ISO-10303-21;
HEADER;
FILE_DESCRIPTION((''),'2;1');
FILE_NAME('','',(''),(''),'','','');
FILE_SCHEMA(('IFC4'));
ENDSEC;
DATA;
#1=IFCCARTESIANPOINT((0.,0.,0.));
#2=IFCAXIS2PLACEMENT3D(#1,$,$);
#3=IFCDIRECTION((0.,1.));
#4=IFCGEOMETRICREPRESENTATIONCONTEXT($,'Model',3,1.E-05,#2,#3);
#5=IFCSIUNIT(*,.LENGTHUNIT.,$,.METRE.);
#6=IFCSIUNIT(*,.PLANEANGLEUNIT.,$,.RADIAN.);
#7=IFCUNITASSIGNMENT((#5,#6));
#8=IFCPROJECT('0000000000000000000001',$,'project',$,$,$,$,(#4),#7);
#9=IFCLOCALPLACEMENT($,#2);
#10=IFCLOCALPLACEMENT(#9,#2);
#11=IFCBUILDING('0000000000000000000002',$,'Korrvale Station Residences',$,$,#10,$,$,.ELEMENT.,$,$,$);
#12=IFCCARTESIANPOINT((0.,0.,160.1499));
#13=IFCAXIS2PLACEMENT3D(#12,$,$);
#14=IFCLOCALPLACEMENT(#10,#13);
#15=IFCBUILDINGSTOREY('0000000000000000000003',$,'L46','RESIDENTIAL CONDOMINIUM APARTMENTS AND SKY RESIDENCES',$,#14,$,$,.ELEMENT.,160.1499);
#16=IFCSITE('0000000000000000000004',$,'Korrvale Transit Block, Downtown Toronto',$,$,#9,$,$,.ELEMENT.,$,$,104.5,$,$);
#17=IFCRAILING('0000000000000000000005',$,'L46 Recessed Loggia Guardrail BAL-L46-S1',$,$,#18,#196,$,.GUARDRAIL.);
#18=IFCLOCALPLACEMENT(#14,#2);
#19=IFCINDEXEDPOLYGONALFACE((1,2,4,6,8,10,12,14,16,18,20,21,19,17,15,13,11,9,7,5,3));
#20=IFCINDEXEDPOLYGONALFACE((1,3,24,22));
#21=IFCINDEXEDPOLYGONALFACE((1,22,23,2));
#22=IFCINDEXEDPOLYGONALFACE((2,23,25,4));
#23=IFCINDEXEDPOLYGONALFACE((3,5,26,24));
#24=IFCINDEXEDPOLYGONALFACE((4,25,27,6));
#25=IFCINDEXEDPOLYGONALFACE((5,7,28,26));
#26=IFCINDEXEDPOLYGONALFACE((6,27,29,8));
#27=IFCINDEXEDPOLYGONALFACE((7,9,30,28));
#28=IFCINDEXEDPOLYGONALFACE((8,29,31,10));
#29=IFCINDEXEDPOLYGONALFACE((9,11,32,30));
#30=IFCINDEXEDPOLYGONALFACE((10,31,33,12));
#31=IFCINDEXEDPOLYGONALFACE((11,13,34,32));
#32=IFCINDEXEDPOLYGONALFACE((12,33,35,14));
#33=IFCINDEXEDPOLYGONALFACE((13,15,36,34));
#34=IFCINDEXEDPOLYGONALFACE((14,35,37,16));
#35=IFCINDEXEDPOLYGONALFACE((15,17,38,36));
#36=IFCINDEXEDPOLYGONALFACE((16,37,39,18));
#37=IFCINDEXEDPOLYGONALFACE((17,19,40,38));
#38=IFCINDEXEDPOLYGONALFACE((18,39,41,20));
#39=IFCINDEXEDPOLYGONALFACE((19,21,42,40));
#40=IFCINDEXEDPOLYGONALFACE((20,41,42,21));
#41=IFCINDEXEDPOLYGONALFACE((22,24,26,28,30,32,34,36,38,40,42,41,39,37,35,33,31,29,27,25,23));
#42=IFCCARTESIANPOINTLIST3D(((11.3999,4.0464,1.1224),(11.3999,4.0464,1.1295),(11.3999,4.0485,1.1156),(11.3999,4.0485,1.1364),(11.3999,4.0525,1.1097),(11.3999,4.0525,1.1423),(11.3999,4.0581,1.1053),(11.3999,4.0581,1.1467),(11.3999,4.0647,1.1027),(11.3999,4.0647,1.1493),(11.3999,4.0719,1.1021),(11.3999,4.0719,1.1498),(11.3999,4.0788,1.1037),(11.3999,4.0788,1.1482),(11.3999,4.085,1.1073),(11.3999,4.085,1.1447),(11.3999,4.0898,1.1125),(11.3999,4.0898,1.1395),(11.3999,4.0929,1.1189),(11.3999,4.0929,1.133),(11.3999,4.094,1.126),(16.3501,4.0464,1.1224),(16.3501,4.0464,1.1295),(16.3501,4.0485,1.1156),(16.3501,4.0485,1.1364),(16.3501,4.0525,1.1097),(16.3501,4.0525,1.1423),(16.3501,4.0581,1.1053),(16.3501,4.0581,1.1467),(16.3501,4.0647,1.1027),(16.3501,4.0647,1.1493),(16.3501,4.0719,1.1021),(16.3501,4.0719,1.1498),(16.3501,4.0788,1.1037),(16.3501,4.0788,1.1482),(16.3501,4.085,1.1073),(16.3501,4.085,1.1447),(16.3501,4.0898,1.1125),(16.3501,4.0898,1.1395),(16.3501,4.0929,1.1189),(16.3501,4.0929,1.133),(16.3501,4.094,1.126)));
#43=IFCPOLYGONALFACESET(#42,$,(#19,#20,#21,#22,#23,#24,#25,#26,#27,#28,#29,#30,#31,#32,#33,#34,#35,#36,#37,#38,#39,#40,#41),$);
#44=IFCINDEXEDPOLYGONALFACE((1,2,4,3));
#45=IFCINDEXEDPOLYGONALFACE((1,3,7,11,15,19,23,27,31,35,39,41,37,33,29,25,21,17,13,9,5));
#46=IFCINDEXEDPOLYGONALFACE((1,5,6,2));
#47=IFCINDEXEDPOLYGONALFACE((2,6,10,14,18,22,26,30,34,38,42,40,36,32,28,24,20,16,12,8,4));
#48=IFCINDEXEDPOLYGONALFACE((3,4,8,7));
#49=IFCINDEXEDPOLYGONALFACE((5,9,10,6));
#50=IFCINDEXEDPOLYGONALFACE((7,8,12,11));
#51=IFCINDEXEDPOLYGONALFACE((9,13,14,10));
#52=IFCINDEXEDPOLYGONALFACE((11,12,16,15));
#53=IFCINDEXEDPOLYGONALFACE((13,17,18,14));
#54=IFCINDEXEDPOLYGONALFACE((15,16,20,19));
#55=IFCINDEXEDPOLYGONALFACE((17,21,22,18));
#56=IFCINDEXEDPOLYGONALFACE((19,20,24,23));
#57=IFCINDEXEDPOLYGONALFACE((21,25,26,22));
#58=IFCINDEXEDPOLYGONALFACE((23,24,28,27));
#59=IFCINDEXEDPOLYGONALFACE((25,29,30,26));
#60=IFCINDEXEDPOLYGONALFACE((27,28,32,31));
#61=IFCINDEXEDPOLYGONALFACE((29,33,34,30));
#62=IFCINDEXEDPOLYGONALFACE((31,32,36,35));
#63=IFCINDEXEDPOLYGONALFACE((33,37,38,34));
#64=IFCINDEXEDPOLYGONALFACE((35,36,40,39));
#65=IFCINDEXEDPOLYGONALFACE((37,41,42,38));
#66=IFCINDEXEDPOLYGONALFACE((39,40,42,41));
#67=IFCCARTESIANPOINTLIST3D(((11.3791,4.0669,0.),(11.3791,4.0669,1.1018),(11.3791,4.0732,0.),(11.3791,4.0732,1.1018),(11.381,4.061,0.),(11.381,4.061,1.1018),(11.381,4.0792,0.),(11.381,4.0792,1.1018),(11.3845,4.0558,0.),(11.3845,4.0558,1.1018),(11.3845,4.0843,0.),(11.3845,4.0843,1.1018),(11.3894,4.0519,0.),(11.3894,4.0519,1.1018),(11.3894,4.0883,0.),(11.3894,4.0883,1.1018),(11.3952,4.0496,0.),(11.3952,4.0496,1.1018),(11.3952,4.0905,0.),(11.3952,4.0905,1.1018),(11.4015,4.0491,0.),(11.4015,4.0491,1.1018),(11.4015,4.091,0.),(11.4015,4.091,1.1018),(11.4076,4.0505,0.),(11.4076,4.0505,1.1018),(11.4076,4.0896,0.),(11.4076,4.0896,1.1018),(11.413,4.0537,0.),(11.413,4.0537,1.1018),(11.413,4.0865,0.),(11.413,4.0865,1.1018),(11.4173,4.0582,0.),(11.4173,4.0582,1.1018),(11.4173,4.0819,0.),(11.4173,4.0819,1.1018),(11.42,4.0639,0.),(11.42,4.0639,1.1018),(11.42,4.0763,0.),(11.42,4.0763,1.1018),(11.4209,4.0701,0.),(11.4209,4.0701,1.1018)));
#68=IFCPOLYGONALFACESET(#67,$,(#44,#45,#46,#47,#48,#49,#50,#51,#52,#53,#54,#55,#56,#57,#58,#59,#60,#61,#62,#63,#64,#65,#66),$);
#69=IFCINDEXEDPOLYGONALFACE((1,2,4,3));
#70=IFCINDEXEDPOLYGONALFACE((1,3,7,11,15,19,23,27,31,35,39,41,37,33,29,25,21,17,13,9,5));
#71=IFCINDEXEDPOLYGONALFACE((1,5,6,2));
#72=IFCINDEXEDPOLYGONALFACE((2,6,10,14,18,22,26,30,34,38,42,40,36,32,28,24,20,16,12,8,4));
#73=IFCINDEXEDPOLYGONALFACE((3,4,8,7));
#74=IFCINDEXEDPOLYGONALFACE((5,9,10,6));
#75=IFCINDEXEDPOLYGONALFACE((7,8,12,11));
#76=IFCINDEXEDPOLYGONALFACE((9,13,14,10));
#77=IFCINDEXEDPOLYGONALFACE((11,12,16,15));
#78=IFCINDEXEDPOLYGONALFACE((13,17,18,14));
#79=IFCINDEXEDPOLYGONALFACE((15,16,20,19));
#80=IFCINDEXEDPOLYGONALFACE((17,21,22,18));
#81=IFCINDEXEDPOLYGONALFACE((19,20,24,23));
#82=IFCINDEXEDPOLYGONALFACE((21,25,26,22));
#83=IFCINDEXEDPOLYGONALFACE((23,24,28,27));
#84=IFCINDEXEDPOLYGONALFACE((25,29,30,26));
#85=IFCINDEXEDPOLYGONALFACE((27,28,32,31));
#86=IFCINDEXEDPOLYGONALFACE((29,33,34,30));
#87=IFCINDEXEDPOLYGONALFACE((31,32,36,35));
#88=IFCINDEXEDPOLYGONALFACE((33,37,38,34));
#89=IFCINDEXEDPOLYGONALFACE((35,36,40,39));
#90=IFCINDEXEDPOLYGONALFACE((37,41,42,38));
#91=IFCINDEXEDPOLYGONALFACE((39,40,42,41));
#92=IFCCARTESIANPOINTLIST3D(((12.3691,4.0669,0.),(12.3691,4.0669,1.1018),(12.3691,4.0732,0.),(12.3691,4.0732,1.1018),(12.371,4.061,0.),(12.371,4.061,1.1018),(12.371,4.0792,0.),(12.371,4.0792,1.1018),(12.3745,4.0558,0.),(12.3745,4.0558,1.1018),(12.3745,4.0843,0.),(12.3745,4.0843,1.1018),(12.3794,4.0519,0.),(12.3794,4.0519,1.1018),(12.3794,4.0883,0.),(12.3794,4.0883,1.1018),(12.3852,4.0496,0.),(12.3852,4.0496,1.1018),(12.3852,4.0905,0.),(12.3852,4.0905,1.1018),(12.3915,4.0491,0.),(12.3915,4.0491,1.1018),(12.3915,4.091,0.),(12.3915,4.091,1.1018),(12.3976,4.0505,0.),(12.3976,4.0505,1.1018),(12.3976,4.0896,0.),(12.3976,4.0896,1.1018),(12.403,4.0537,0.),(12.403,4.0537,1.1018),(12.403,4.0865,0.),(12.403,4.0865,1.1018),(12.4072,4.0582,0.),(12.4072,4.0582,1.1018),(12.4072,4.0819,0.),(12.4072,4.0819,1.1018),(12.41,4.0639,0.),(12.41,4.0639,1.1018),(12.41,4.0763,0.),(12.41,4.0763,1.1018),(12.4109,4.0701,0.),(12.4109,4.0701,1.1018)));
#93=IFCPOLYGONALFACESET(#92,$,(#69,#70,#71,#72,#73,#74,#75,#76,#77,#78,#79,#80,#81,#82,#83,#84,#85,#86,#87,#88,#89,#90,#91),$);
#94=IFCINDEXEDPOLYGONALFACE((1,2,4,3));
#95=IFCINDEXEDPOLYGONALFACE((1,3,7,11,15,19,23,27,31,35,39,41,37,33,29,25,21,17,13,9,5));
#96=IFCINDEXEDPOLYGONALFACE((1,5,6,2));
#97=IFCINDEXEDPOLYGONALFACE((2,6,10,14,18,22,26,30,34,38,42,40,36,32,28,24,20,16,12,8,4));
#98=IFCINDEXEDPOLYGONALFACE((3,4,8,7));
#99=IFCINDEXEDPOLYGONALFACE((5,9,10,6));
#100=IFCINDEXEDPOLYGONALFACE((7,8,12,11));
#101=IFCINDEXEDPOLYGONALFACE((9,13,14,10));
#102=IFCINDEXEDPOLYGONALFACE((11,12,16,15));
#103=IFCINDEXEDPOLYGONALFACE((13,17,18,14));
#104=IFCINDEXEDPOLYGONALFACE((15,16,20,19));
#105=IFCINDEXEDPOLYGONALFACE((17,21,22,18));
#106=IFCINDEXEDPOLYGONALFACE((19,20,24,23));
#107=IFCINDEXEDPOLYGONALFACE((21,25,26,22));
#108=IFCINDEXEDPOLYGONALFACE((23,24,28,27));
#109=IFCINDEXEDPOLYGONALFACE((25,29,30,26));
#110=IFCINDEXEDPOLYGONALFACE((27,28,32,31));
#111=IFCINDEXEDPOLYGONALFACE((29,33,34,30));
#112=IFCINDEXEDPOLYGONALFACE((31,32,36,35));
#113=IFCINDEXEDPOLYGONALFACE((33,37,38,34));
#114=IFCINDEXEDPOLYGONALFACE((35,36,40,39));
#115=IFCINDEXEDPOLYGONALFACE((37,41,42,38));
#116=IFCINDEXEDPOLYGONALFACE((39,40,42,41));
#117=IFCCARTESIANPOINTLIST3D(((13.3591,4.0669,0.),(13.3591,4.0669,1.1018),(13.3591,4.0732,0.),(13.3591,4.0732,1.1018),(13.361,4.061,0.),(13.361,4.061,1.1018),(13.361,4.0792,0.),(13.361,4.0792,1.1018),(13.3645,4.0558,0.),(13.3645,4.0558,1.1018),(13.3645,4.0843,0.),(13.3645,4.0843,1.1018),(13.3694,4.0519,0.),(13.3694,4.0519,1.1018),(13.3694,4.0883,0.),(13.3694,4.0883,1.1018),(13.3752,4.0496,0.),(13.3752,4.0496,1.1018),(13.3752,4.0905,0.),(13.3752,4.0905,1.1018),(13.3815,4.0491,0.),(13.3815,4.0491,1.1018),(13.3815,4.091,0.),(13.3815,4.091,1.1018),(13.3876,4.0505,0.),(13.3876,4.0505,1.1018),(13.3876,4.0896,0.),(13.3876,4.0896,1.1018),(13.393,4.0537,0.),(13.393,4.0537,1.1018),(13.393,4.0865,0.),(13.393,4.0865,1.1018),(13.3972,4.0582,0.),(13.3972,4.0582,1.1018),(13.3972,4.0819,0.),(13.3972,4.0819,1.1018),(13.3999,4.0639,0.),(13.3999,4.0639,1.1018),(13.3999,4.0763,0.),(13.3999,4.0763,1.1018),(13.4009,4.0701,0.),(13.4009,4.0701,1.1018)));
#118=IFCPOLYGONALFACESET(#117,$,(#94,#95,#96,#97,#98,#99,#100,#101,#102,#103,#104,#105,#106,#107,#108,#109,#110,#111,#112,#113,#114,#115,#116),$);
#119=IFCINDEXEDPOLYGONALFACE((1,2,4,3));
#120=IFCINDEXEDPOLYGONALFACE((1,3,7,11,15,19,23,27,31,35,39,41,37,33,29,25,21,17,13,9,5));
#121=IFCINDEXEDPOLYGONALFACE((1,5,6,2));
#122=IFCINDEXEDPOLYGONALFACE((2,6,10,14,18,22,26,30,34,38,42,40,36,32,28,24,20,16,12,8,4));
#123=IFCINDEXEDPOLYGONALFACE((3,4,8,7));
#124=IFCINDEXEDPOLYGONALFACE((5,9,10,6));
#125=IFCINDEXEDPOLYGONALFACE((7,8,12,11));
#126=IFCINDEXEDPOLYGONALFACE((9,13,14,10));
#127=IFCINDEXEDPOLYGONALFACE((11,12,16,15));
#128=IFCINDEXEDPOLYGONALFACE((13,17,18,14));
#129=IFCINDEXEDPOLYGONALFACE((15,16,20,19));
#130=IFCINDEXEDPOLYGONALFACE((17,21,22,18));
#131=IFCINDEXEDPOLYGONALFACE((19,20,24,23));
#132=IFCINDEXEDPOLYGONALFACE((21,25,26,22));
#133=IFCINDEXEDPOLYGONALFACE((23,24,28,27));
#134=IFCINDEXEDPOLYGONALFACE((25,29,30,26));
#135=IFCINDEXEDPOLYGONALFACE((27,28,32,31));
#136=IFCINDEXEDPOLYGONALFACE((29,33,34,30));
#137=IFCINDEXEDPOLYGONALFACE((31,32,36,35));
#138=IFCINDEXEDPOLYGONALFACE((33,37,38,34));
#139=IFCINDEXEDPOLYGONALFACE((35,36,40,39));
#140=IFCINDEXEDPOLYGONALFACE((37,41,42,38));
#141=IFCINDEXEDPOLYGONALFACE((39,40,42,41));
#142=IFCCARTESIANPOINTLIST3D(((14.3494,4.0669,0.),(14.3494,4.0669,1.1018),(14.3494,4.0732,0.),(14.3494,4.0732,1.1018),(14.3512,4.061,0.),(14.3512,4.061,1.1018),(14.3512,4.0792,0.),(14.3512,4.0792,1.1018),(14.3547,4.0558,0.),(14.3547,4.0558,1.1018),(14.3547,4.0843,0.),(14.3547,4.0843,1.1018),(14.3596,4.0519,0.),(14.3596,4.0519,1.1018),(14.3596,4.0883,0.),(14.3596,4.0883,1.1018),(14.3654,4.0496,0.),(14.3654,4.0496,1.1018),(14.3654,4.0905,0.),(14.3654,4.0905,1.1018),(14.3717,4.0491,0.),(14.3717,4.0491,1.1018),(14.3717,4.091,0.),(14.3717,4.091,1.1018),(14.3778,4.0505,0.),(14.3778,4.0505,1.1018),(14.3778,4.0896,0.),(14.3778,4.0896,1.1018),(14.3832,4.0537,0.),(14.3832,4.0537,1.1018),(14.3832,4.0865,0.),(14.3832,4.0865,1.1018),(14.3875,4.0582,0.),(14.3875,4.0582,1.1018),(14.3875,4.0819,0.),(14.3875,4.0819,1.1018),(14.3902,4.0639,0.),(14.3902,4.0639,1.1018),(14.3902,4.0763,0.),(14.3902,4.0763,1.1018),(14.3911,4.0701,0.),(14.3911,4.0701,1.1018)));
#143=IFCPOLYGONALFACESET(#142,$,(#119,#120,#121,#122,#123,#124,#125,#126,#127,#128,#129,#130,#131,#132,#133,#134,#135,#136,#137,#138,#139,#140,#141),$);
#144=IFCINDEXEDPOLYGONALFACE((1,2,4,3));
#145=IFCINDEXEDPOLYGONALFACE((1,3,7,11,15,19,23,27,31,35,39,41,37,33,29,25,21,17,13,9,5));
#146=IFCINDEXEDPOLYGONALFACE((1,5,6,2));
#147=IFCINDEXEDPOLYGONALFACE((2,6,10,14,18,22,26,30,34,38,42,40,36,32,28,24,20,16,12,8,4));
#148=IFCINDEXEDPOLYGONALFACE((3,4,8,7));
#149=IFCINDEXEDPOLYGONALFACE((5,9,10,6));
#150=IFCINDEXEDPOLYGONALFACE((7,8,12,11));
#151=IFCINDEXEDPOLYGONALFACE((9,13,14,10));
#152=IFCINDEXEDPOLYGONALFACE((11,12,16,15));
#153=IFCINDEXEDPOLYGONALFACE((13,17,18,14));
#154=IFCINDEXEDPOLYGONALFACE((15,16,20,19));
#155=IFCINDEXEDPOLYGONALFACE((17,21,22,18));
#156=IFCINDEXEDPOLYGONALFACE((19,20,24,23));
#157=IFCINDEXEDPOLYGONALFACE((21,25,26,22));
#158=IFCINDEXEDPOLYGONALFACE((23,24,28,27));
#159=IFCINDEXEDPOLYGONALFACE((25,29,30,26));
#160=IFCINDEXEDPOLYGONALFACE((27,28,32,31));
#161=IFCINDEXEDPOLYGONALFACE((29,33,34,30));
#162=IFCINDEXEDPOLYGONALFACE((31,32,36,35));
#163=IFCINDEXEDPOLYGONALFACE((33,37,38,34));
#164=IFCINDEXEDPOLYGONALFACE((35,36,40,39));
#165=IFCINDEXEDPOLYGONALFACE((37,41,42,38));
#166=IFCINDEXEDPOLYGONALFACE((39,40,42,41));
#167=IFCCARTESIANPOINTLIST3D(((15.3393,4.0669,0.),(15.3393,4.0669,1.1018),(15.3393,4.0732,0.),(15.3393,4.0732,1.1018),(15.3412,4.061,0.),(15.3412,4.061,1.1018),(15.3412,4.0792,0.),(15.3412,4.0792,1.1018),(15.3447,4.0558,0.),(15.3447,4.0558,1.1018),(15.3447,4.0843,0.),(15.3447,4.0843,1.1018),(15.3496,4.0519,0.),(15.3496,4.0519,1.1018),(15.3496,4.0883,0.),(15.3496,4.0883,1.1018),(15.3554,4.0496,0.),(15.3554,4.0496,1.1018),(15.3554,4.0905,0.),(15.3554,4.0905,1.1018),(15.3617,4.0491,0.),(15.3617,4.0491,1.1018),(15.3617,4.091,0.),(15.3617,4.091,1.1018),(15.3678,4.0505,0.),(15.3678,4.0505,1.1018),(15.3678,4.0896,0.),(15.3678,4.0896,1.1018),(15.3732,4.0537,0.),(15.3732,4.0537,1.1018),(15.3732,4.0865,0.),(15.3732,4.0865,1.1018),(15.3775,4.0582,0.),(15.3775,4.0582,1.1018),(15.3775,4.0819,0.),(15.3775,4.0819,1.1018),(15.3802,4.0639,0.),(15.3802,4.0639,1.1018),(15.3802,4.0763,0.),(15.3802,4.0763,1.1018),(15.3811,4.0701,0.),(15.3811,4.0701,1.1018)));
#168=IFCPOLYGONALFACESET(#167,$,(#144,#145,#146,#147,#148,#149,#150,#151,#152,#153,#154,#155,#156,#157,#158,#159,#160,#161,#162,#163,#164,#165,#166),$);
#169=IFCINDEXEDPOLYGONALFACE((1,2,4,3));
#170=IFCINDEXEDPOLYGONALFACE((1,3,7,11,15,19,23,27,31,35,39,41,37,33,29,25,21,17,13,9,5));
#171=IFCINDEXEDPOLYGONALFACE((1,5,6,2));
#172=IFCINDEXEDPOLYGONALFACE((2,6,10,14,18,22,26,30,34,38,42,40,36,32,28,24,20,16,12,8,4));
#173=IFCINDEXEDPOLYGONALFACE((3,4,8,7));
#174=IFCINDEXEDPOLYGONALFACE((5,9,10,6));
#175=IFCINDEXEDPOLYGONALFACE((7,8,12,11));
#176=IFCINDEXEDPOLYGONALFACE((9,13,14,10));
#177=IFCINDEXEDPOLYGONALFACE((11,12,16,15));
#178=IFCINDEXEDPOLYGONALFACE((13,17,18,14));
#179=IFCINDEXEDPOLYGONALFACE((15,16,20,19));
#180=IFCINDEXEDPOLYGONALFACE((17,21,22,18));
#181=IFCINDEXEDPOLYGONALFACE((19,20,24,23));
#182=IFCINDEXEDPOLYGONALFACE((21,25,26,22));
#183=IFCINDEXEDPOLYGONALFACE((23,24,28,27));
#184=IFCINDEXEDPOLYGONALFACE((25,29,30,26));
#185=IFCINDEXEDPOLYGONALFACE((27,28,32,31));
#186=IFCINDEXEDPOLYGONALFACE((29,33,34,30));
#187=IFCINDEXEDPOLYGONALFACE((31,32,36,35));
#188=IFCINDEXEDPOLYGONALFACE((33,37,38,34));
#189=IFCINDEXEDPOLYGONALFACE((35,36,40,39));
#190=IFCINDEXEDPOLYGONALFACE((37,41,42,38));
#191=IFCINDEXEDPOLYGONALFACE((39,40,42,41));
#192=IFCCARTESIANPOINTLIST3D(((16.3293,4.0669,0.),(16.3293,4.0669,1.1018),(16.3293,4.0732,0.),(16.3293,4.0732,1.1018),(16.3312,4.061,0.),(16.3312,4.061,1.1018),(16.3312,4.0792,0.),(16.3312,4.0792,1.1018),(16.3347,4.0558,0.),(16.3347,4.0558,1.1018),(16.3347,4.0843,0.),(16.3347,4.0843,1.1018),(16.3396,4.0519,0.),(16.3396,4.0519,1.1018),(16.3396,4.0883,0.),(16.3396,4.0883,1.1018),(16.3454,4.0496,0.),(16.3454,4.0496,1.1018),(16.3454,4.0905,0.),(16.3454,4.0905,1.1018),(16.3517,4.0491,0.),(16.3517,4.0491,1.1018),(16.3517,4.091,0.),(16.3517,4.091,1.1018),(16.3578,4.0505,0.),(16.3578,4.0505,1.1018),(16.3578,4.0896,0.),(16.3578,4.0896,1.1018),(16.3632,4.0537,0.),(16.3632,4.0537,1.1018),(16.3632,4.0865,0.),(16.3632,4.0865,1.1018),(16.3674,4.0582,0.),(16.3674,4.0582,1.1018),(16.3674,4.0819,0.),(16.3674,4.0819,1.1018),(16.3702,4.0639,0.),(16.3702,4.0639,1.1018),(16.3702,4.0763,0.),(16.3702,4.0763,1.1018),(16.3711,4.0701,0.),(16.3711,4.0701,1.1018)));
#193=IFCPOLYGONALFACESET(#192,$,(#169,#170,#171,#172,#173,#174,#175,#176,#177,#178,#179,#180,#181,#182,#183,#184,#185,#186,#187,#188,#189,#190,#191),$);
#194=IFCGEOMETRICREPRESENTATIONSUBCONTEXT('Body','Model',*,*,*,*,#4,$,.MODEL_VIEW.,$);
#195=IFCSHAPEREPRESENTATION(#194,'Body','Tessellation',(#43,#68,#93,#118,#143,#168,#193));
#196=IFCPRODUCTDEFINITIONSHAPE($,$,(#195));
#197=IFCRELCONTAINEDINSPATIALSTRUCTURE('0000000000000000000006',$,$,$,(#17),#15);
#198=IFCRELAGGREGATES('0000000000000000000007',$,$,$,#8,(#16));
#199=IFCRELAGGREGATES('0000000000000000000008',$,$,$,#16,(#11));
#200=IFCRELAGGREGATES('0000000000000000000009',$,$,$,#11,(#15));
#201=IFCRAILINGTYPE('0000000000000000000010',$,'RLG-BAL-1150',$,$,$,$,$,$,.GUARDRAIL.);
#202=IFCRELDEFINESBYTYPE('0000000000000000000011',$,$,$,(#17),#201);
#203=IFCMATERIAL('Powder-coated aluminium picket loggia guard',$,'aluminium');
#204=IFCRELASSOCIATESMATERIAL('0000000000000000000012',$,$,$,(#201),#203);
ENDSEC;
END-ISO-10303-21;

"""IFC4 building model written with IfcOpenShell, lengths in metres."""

from ifc_helpers import new_model, si_unit, direction, frame, origin, origin_2d, place, context, subcontext, project, spatial, circle, extrude, material, type_object, element, save


model = new_model("IFC4")

# Units and contexts
model_context = context("Model", 3, precision=1e-05, world=origin(), true_north=direction((0.0, 1.0)))
body_context = subcontext(model_context, "Body", "Model", "MODEL_VIEW")
ifc_project = project(units=[si_unit("LENGTHUNIT", "METRE"), si_unit("PLANEANGLEUNIT", "RADIAN")], contexts=[model_context])

# Site, building, storey
site_placement = place(None, origin())
site = spatial("IfcSite", under=ifc_project, at=site_placement, Name="Korrvale Transit Block, Downtown Toronto", CompositionType="ELEMENT", RefElevation=104.5)
building_placement = place(site_placement, origin())
building = spatial("IfcBuilding", under=site, at=building_placement, Name="Korrvale Station Residences", CompositionType="ELEMENT")
storey_placement = place(building_placement, frame((0.0, 0.0, 160.1499)))
storey = spatial("IfcBuildingStorey", under=building, at=storey_placement, Name="L46", Description="RESIDENTIAL CONDOMINIUM APARTMENTS AND SKY RESIDENCES", CompositionType="ELEMENT", Elevation=160.1499)

# Railing
ifc_material_1 = material(Name="Powder-coated aluminium picket loggia guard", Category="aluminium")
railing_type = type_object("IfcRailingType", Name="RLG-BAL-1150", PredefinedType="GUARDRAIL", material=ifc_material_1)
railing_placement = place(storey_placement, frame((11.3999, 4.0701, 0.0)))
element("IfcRailing", 1, at=railing_placement, inside=storey, type_object=railing_type, Name="L46 Recessed Loggia Guardrail BAL-L46-S1", PredefinedType="GUARDRAIL", context=body_context, shape_type="SweptSolid", body=[
    extrude(circle(Radius=0.0239, at=origin_2d()), frame((0.0, 0.0, 1.126), z_axis=(1.0, 0.0, 0.0), x_axis=(0.0, 1.0, 0.0)), (0.0, 0.0, 1.0), 4.9502),
    extrude(circle(Radius=0.021, at=origin_2d()), origin(), (0.0, 0.0, 1.0), 1.1018),
    extrude(circle(Radius=0.021, at=origin_2d()), frame((0.99, 0.0, 0.0)), (0.0, 0.0, 1.0), 1.1018),
    extrude(circle(Radius=0.021, at=origin_2d()), frame((1.98, 0.0, 0.0)), (0.0, 0.0, 1.0), 1.1018),
    extrude(circle(Radius=0.021, at=origin_2d()), frame((2.9702, 0.0, 0.0)), (0.0, 0.0, 1.0), 1.1018),
    extrude(circle(Radius=0.021, at=origin_2d()), frame((3.9602, 0.0, 0.0)), (0.0, 0.0, 1.0), 1.1018),
    extrude(circle(Radius=0.021, at=origin_2d()), frame((4.9502, 0.0, 0.0)), (0.0, 0.0, 1.0), 1.1018),
])

save(model, "model.ifc")
